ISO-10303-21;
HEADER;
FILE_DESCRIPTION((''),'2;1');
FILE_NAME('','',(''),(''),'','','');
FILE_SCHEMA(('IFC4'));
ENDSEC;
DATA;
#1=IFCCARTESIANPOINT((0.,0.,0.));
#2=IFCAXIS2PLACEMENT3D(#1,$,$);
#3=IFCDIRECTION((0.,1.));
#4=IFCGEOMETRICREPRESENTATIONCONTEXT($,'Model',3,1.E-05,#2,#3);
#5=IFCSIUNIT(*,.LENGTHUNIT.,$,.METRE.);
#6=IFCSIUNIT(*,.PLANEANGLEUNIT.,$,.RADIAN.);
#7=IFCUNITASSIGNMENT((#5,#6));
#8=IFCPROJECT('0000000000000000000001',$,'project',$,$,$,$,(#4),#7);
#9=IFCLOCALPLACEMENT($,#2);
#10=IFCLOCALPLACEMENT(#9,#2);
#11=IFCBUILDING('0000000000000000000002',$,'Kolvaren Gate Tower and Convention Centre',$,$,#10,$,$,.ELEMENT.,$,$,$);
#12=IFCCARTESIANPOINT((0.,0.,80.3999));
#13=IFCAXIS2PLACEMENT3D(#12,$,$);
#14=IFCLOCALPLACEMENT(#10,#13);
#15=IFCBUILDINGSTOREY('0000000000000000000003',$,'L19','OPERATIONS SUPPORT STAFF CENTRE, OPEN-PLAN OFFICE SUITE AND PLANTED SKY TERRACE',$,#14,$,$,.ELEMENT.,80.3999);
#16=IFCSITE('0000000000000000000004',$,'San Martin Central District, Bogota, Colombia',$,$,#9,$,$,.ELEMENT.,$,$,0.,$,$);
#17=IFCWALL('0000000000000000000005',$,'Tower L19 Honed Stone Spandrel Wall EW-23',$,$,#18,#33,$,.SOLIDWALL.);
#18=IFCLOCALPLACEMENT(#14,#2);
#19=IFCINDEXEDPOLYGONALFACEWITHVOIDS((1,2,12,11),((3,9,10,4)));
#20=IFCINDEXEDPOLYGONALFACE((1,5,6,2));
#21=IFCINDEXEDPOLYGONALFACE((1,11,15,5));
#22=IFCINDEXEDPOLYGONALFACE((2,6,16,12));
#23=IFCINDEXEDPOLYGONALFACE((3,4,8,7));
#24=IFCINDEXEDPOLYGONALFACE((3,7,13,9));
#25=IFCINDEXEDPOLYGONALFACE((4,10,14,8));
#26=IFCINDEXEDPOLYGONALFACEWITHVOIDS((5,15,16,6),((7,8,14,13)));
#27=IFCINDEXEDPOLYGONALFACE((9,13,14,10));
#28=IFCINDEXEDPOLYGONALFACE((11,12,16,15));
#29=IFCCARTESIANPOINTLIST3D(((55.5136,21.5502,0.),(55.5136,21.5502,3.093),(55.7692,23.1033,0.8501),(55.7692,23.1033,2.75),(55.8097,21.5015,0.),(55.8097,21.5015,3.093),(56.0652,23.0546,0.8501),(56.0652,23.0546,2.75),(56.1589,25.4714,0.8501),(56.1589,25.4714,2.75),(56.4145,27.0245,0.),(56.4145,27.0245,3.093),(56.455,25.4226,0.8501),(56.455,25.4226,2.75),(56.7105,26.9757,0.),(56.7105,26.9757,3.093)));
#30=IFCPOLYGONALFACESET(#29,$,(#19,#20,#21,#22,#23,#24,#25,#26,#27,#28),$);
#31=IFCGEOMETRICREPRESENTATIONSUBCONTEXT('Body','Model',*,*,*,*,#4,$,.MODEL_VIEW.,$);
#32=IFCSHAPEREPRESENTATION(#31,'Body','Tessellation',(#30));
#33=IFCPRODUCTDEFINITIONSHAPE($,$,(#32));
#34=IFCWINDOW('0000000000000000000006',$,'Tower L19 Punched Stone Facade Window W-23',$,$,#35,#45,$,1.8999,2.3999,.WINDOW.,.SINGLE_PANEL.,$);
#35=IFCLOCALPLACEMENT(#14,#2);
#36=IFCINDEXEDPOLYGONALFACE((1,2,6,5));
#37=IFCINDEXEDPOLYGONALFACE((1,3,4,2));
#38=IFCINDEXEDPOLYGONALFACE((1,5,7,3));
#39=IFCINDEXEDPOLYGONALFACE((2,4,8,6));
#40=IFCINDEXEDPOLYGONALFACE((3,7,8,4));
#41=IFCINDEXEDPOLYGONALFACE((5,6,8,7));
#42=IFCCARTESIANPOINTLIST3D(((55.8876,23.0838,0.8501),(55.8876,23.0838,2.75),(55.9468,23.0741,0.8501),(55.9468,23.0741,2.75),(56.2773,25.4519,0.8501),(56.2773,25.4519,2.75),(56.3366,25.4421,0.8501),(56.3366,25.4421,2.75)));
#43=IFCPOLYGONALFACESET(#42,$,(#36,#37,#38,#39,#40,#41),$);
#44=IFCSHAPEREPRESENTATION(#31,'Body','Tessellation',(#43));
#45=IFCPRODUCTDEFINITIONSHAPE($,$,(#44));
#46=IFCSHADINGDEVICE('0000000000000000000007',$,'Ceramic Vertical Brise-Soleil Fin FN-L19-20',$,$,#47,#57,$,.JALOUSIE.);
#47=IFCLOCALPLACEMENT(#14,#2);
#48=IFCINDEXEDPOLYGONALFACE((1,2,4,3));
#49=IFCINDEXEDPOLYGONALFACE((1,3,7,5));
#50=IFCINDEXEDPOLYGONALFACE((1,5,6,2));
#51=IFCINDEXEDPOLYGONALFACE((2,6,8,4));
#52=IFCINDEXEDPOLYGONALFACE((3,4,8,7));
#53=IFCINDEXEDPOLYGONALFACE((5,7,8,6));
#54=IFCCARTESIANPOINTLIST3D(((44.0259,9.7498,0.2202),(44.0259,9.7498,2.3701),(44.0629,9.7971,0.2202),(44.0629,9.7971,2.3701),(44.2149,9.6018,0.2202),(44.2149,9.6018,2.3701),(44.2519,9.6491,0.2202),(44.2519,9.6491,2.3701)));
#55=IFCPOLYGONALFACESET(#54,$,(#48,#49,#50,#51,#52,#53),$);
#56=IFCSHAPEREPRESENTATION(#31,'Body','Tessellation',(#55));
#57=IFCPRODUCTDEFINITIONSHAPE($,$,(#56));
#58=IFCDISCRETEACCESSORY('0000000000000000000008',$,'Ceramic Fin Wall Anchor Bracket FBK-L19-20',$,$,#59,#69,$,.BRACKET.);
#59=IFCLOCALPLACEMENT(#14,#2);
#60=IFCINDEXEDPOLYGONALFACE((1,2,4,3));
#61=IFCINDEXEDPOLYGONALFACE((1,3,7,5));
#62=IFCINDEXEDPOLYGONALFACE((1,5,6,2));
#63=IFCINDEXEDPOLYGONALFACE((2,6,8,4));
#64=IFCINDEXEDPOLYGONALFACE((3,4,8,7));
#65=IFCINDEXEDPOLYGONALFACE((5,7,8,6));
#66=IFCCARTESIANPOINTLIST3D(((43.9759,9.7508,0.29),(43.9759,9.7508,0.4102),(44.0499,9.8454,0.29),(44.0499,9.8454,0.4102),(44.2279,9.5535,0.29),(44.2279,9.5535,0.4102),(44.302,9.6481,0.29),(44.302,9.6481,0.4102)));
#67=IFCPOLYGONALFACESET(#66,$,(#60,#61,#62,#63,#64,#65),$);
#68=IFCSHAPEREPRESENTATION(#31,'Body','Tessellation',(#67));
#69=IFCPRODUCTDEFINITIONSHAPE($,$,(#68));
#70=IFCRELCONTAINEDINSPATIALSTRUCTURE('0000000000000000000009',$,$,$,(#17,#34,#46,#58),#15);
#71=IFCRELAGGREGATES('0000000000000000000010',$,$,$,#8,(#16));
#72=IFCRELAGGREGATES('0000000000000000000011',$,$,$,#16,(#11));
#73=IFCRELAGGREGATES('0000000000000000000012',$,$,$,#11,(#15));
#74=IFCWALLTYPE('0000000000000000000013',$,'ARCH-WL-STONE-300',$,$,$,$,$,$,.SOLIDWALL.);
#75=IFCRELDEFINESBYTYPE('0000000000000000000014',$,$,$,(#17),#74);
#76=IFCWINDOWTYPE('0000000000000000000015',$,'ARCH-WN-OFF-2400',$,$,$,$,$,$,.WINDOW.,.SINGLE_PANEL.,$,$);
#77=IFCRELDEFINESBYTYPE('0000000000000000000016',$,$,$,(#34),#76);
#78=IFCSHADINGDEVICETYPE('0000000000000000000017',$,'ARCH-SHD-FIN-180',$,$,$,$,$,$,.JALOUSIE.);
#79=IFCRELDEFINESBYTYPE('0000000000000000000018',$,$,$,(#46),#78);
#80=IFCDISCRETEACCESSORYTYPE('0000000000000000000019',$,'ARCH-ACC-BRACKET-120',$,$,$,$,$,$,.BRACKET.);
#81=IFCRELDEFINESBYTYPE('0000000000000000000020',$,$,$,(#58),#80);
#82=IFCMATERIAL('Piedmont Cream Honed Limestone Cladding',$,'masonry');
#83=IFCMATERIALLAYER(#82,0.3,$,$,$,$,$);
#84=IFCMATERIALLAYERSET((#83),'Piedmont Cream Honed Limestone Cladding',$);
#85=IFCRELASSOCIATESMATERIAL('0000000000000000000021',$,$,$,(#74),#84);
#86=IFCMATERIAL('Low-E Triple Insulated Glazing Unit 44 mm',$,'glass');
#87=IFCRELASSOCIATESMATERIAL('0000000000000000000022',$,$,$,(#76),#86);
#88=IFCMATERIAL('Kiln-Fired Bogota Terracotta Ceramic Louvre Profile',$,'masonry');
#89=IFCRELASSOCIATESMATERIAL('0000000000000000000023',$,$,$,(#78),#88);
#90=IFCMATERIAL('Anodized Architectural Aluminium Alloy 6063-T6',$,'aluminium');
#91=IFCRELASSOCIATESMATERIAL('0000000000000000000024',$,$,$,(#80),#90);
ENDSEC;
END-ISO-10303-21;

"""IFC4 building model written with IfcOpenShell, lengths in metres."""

from ifc_helpers import new_model, si_unit, direction, frame, frame_2d, origin, origin_2d, place, context, subcontext, project, spatial, rectangle, extrude, material, layer, layer_set, type_object, element, fill, save


model = new_model("IFC4")

# Units and contexts
model_context = context("Model", 3, precision=1e-05, world=origin(), true_north=direction((0.0, 1.0)))
body_context = subcontext(model_context, "Body", "Model", "MODEL_VIEW")
ifc_project = project(units=[si_unit("LENGTHUNIT", "METRE"), si_unit("PLANEANGLEUNIT", "RADIAN")], contexts=[model_context])

# Site, building, storey
site_placement = place(None, origin())
site = spatial("IfcSite", under=ifc_project, at=site_placement, Name="San Martin Central District, Bogota, Colombia", CompositionType="ELEMENT", RefElevation=0.0)
building_placement = place(site_placement, origin())
building = spatial("IfcBuilding", under=site, at=building_placement, Name="Kolvaren Gate Tower and Convention Centre", CompositionType="ELEMENT")
storey_placement = place(building_placement, frame((0.0, 0.0, 80.3999)))
storey = spatial("IfcBuildingStorey", under=building, at=storey_placement, Name="L19", Description="OPERATIONS SUPPORT STAFF CENTRE, OPEN-PLAN OFFICE SUITE AND PLANTED SKY TERRACE", CompositionType="ELEMENT", Elevation=80.3999)

# Shared definitions
ifc_material_1 = material(Name="Piedmont Cream Honed Limestone Cladding", Category="masonry")

# Wall, opening, window
ifc_layer_1 = layer(ifc_material_1, 0.3)
ifc_layer_set_1 = layer_set([ifc_layer_1], Name="Piedmont Cream Honed Limestone Cladding")
wall_type_1 = type_object("IfcWallType", Name="ARCH-WL-STONE-300", PredefinedType="SOLIDWALL", material=ifc_layer_set_1)
ifc_material_2 = material(Name="Low-E Triple Insulated Glazing Unit 44 mm", Category="glass")
window_type = type_object("IfcWindowType", Name="ARCH-WN-OFF-2400", PartitioningType="SINGLE_PANEL", PredefinedType="WINDOW", material=ifc_material_2)
wall_1_placement = place(storey_placement, frame((55.6616, 21.5259, 0.0), z_axis=(0.0, 0.0, 1.0), x_axis=(0.162386, 0.986727, 0.0)))
wall_1 = element("IfcWall", 1, at=wall_1_placement, inside=storey, type_object=wall_type_1, Name="Tower L19 Honed Stone Spandrel Wall EW-23", PredefinedType="SOLIDWALL", context=body_context, shape_type="SweptSolid", body=[
    extrude(rectangle(XDim=5.5479, YDim=0.3, at=frame_2d((2.7739, 0.0))), origin(), (0.0, 0.0, 1.0), 3.093),
])
opening_1_placement = place(wall_1_placement, frame((1.574, 0.0, 0.8501)))
opening_1 = element("IfcOpeningElement", 2, at=opening_1_placement, cuts=wall_1, PredefinedType="OPENING", context=body_context, shape_type="SweptSolid", body=[
    extrude(rectangle(XDim=2.3999, YDim=1.8999, at=frame_2d((1.2, 0.95))), frame((0.0, 0.1599, 0.0), z_axis=(0.0, -1.0, 0.0), x_axis=(1.0, 0.0, 0.0)), (0.0, 0.0, 1.0), 0.3201),
])
window_1_placement = place(opening_1_placement, origin())
window_1 = element("IfcWindow", 3, at=window_1_placement, inside=storey, type_object=window_type, Name="Tower L19 Punched Stone Facade Window W-23", OverallHeight=1.8999, OverallWidth=2.3999, PartitioningType="SINGLE_PANEL", PredefinedType="WINDOW", context=body_context, shape_type="SweptSolid", body=[
    extrude(rectangle(XDim=2.3999, YDim=1.8999, at=frame_2d((1.2, 0.95))), frame((0.0, 0.03, 0.0), z_axis=(0.0, -1.0, 0.0), x_axis=(1.0, 0.0, 0.0)), (0.0, 0.0, 1.0), 0.0601),
])
fill(opening_1, window_1)

# Shading device
ifc_material_3 = material(Name="Kiln-Fired Bogota Terracotta Ceramic Louvre Profile", Category="masonry")
shading_device_type = type_object("IfcShadingDeviceType", Name="ARCH-SHD-FIN-180", PredefinedType="JALOUSIE", material=ifc_material_3)
shading_device_placement = place(storey_placement, frame((44.1389, 9.6995, 0.2202), z_axis=(0.0, 0.0, 1.0), x_axis=(0.616431, 0.787409, 0.0)))
element("IfcShadingDevice", 4, at=shading_device_placement, inside=storey, type_object=shading_device_type, Name="Ceramic Vertical Brise-Soleil Fin FN-L19-20", PredefinedType="JALOUSIE", context=body_context, shape_type="SweptSolid", body=[
    extrude(rectangle(XDim=0.0601, YDim=0.24, at=origin_2d()), origin(), (0.0, 0.0, 1.0), 2.1499),
])

# Discrete accessory
ifc_material_4 = material(Name="Anodized Architectural Aluminium Alloy 6063-T6", Category="aluminium")
discrete_accessory_type = type_object("IfcDiscreteAccessoryType", Name="ARCH-ACC-BRACKET-120", PredefinedType="BRACKET", material=ifc_material_4)
discrete_accessory_placement = place(storey_placement, frame((44.1389, 9.6995, 0.29), z_axis=(0.0, 0.0, 1.0), x_axis=(0.616431, 0.787409, 0.0)))
element("IfcDiscreteAccessory", 5, at=discrete_accessory_placement, inside=storey, type_object=discrete_accessory_type, Name="Ceramic Fin Wall Anchor Bracket FBK-L19-20", PredefinedType="BRACKET", context=body_context, shape_type="SweptSolid", body=[
    extrude(rectangle(XDim=0.1201, YDim=0.3201, at=origin_2d()), origin(), (0.0, 0.0, 1.0), 0.1201),
])

save(model, "model.ifc")
